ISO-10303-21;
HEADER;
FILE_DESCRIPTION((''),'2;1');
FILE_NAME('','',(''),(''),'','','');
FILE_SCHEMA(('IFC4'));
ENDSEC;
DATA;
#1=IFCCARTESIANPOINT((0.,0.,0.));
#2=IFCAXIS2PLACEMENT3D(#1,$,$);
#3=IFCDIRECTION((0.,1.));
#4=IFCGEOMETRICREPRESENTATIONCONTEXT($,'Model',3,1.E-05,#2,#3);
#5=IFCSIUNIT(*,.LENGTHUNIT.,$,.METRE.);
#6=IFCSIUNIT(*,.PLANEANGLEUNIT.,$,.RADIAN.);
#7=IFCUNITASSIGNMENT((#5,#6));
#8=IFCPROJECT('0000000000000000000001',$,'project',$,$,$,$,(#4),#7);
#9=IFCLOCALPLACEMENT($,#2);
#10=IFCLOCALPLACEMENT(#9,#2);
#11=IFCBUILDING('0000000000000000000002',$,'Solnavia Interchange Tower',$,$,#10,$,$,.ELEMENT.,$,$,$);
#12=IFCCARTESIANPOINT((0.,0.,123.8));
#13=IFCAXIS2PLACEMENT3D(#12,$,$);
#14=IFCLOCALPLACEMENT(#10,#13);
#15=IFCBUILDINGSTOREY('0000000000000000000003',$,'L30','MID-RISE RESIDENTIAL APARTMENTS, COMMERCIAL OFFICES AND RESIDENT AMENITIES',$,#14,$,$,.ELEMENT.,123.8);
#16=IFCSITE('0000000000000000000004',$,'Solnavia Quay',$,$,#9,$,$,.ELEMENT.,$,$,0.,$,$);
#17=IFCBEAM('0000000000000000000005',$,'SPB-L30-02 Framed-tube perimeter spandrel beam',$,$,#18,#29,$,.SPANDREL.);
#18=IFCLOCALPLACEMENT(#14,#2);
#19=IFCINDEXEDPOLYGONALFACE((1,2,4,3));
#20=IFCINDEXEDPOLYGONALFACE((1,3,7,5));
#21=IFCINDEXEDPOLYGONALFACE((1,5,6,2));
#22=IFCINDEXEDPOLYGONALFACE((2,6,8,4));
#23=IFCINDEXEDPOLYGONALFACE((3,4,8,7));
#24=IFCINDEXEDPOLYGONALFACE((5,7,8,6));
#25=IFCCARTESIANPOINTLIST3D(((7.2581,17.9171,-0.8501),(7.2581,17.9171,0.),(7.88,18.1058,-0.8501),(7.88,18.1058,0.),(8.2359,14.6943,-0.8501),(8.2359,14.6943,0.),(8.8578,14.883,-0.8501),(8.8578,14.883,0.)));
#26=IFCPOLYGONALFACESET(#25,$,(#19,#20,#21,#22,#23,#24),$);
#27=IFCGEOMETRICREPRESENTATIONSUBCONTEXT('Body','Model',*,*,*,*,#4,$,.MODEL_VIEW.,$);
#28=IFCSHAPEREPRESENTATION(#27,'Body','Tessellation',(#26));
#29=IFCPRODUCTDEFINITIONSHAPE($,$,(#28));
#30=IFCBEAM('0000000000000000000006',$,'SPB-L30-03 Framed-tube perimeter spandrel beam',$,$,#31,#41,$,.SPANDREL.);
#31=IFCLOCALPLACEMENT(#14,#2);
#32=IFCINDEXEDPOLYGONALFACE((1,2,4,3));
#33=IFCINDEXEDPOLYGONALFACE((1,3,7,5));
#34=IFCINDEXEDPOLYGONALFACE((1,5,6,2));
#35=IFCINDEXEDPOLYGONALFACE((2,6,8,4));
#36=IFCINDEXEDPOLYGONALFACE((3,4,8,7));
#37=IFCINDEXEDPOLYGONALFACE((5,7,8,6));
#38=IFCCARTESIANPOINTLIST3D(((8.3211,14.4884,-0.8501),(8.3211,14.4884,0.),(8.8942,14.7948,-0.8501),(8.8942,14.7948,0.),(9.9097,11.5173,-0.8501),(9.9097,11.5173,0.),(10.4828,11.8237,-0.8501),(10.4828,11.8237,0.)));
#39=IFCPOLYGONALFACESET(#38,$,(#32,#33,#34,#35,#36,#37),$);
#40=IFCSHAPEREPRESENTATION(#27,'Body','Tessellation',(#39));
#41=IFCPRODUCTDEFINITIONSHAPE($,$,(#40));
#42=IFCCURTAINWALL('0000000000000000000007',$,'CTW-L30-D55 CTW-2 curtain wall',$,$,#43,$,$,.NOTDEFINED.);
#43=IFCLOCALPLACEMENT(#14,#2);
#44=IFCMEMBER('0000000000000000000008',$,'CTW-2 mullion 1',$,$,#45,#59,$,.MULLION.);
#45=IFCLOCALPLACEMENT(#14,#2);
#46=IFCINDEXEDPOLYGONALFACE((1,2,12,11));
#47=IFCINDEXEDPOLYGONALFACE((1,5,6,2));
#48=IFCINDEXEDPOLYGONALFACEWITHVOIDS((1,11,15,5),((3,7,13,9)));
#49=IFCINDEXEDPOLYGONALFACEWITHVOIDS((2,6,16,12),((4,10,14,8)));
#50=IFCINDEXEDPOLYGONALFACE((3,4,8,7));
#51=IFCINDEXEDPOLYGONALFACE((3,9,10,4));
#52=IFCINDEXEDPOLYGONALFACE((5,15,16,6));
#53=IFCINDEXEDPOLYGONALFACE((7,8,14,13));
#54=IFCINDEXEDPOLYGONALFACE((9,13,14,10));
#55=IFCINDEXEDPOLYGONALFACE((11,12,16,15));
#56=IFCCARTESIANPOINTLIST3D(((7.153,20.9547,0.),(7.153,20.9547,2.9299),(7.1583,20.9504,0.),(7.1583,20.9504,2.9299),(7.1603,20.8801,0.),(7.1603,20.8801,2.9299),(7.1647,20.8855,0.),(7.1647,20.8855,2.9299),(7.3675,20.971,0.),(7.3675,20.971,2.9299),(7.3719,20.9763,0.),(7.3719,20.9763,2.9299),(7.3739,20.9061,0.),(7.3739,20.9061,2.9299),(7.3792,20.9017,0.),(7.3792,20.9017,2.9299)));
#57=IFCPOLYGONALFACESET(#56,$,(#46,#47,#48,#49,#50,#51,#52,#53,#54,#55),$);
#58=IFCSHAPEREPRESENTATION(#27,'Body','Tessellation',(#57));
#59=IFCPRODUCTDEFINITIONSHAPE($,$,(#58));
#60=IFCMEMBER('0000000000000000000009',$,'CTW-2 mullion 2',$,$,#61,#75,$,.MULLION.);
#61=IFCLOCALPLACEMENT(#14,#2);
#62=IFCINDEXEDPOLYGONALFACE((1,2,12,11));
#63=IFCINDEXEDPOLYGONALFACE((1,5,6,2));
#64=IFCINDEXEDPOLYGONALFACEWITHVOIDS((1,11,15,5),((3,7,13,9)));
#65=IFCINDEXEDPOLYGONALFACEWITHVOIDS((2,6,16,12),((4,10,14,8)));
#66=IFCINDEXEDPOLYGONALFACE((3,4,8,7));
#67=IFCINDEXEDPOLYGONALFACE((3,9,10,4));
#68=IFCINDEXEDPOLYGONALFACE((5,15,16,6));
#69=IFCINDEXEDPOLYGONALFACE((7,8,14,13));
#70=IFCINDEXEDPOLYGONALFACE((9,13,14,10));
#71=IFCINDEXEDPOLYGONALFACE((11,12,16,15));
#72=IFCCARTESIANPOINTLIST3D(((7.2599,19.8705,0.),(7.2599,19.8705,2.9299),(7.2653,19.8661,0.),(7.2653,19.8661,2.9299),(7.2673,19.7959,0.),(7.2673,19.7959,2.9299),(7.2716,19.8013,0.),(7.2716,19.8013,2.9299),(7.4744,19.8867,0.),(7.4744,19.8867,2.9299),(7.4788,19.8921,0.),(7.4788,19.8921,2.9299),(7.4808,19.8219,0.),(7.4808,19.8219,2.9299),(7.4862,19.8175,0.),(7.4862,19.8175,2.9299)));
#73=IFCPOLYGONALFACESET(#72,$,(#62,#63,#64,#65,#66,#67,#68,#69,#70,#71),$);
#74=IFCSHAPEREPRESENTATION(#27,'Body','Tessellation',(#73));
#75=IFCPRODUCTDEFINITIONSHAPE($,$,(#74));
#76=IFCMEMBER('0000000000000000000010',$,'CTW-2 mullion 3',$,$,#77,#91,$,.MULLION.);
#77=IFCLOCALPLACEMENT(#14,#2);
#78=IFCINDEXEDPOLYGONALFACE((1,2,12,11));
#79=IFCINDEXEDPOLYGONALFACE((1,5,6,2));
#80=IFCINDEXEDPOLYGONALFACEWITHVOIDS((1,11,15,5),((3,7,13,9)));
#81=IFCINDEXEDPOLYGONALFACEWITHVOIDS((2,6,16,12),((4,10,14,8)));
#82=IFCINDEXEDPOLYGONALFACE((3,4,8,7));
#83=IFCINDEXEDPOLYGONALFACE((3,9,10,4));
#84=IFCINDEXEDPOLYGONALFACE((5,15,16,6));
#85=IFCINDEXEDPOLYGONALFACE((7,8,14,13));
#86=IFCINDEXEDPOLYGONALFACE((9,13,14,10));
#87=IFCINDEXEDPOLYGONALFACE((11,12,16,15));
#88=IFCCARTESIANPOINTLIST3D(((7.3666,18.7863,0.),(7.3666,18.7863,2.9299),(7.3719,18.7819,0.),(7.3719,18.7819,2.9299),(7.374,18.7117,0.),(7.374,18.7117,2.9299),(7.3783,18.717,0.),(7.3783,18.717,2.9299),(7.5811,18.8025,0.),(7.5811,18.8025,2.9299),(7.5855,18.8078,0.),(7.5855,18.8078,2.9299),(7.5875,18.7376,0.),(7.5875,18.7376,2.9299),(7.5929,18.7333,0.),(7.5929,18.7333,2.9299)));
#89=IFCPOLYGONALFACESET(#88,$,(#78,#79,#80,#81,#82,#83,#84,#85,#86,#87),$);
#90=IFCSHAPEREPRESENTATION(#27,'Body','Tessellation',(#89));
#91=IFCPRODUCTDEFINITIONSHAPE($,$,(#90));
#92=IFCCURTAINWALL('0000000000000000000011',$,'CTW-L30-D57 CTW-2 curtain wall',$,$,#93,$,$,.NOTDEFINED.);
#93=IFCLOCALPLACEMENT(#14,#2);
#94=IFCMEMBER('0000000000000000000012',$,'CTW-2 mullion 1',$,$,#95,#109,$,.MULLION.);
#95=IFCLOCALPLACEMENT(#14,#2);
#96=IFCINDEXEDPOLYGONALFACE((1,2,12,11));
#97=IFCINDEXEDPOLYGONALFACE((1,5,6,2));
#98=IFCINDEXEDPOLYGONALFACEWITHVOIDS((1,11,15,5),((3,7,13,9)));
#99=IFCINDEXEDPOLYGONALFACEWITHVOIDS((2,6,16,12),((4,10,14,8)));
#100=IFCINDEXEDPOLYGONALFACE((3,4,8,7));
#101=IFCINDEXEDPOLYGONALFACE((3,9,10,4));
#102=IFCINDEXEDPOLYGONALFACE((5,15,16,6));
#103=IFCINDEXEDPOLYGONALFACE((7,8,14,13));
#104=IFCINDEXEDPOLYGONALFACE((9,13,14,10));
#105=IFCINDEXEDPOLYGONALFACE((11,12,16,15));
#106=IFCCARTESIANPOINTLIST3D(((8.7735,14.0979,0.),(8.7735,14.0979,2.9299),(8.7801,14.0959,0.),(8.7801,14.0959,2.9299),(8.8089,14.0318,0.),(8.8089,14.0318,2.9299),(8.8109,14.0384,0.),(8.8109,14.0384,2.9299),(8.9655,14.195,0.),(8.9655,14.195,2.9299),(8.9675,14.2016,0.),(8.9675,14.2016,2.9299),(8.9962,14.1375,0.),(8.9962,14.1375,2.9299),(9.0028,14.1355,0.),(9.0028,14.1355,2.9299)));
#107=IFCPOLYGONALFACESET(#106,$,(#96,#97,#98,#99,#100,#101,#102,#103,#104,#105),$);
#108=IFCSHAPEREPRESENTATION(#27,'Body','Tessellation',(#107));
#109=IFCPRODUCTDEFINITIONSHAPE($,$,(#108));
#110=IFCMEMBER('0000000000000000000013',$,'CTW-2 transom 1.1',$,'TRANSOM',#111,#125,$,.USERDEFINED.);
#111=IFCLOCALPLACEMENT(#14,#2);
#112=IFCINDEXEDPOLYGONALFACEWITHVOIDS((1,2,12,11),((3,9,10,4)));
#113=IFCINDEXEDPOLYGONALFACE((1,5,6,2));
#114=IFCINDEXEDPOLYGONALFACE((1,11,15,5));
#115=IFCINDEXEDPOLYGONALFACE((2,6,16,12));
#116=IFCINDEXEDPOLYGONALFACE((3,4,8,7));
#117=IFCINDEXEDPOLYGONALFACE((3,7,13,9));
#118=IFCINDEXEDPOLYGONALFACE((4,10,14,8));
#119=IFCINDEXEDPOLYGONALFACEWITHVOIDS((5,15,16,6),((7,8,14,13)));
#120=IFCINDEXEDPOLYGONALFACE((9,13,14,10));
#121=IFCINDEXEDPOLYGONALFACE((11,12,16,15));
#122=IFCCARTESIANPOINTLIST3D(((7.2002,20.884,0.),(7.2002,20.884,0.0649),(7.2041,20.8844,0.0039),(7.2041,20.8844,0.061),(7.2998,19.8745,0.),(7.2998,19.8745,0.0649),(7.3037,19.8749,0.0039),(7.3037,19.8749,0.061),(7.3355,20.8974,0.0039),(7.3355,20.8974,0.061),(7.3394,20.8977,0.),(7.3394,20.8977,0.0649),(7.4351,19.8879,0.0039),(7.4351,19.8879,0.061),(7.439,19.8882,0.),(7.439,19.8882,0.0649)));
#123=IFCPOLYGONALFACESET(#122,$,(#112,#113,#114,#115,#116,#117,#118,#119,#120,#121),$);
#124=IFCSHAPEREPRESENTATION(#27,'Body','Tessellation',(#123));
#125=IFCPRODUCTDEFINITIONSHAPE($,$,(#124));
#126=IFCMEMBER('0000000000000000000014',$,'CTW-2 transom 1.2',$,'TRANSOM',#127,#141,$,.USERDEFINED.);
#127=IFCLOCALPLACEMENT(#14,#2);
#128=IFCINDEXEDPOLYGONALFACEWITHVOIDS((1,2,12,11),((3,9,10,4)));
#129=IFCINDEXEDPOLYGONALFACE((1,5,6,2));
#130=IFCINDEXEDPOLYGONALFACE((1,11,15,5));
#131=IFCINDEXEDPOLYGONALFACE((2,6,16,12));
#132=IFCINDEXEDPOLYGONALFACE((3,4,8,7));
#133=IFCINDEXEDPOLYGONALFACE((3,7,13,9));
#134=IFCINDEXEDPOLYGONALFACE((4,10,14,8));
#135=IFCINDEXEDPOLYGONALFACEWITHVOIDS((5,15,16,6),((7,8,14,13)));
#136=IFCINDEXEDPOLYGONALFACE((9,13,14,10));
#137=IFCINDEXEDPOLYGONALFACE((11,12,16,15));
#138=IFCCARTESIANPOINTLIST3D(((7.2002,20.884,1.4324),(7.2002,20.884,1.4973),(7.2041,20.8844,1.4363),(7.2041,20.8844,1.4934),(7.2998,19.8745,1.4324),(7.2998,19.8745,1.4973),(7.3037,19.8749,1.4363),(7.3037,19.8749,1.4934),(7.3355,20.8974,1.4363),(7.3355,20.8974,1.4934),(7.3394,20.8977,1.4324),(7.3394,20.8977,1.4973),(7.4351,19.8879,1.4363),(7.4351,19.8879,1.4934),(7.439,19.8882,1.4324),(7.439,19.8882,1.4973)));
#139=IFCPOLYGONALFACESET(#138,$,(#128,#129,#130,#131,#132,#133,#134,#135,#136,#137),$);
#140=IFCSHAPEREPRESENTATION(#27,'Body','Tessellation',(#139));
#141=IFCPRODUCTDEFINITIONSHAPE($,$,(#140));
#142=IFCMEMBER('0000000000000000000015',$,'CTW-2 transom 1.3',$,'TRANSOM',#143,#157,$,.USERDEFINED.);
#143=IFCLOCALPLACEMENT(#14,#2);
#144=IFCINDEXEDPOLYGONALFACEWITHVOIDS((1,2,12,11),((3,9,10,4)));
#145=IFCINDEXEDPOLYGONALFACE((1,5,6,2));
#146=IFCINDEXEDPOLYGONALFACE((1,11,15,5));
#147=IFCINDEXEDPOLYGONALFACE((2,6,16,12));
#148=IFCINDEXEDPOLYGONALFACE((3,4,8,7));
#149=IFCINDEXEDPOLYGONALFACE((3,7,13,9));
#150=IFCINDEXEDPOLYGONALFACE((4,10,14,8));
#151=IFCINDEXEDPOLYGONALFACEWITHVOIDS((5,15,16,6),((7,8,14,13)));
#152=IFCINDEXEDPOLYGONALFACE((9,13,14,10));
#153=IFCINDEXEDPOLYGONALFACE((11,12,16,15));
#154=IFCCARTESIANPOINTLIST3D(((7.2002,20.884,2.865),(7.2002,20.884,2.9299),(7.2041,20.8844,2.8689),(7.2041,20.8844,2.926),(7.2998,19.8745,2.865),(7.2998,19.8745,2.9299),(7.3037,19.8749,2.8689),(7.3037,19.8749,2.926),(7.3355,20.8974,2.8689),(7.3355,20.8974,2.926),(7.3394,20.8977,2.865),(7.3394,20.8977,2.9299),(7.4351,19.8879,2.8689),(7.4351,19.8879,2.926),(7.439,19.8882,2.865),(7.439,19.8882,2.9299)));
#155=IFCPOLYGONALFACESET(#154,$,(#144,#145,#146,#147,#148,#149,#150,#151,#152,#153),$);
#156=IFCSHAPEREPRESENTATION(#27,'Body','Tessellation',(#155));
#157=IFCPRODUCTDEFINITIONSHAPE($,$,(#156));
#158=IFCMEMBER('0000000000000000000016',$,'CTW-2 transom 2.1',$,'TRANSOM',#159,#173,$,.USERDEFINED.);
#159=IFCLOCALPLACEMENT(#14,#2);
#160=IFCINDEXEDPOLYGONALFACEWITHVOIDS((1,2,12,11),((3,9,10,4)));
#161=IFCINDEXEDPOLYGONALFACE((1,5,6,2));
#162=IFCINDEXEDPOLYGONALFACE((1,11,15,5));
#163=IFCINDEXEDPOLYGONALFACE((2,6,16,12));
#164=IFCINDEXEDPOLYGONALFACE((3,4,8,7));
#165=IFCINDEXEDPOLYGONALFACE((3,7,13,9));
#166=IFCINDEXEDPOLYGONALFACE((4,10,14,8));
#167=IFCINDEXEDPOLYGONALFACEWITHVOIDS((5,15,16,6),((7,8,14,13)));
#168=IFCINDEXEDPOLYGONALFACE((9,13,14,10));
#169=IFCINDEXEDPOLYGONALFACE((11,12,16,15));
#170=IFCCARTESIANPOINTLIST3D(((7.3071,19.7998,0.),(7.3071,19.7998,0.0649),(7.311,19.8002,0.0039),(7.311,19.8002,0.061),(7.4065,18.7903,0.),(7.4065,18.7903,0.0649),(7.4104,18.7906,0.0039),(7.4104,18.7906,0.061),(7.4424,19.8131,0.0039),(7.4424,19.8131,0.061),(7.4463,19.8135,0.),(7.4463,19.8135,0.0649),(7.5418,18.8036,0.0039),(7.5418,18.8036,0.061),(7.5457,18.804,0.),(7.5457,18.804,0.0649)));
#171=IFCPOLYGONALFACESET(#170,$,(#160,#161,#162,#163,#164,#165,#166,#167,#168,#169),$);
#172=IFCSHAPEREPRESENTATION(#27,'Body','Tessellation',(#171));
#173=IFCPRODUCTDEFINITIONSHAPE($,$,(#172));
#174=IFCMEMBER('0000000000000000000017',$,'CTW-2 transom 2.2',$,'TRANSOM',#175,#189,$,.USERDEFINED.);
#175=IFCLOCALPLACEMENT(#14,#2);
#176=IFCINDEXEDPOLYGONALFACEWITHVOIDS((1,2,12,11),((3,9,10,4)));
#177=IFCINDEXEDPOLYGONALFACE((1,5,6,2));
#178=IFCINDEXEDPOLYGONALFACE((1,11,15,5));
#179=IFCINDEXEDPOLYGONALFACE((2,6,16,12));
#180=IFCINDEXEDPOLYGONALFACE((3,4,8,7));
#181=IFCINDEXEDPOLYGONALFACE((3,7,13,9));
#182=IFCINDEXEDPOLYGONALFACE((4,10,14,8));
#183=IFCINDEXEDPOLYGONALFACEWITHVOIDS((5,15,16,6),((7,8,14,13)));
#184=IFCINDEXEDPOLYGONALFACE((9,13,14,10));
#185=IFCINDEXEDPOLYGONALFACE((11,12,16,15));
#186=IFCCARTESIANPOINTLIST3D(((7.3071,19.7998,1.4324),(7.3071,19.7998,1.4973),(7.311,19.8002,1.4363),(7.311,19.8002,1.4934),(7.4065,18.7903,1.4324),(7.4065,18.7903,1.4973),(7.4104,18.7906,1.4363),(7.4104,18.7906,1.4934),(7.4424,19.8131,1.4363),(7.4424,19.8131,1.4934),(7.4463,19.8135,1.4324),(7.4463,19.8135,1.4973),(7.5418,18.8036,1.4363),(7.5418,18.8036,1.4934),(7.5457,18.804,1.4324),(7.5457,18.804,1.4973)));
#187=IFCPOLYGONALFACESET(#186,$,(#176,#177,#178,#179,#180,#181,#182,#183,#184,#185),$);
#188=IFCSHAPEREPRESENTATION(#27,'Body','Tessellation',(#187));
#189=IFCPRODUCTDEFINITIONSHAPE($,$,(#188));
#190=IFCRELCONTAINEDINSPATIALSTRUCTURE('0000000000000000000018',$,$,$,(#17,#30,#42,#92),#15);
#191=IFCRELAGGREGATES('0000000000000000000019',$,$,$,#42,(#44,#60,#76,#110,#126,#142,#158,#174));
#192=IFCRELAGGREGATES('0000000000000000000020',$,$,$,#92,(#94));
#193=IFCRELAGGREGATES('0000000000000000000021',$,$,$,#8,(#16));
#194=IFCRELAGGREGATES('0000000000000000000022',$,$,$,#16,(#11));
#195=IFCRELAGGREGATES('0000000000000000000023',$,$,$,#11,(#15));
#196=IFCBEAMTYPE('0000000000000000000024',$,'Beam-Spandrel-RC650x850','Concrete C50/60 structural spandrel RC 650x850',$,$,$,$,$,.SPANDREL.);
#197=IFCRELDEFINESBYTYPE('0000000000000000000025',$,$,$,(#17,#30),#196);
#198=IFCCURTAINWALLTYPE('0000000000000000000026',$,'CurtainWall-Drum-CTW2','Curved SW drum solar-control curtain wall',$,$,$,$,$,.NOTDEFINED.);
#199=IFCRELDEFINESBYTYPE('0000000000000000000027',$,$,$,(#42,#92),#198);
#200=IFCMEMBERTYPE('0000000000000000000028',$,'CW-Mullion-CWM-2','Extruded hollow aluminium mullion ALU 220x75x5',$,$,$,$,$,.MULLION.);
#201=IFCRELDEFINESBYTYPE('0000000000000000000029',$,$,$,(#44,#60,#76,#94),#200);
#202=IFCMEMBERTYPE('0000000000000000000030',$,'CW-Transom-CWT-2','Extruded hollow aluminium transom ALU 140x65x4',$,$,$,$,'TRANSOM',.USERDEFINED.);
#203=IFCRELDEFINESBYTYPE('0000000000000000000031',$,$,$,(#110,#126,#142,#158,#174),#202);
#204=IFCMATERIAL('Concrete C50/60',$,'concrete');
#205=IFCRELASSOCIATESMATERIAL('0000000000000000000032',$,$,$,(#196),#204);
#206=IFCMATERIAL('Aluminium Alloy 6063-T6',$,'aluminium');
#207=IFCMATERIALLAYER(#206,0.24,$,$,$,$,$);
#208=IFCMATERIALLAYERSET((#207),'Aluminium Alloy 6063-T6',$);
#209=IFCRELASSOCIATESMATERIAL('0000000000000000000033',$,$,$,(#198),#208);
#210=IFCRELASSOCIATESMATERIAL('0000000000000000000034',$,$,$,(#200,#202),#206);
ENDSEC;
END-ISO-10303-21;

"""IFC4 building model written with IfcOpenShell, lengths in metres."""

from ifc_helpers import new_model, si_unit, direction, frame, origin, origin_2d, place, context, subcontext, project, spatial, rectangle, hollow_rectangle, extrude, material, layer, layer_set, material_profile, profile_set, type_object, element, aggregate, save


model = new_model("IFC4")

# Units and contexts
model_context = context("Model", 3, precision=1e-05, world=origin(), true_north=direction((0.0, 1.0)))
body_context = subcontext(model_context, "Body", "Model", "MODEL_VIEW")
ifc_project = project(units=[si_unit("LENGTHUNIT", "METRE"), si_unit("PLANEANGLEUNIT", "RADIAN")], contexts=[model_context])

# Site, building, storey
site_placement = place(None, origin())
site = spatial("IfcSite", under=ifc_project, at=site_placement, Name="Solnavia Quay", CompositionType="ELEMENT", RefElevation=0.0)
building_placement = place(site_placement, origin())
building = spatial("IfcBuilding", under=site, at=building_placement, Name="Solnavia Interchange Tower", CompositionType="ELEMENT")
storey_placement = place(building_placement, frame((0.0, 0.0, 123.8)))
storey = spatial("IfcBuildingStorey", under=building, at=storey_placement, Name="L30", Description="MID-RISE RESIDENTIAL APARTMENTS, COMMERCIAL OFFICES AND RESIDENT AMENITIES", CompositionType="ELEMENT", Elevation=123.8)

# Beams
ifc_material_1 = material(Name="Concrete C50/60", Category="concrete")
ifc_material_profile_1 = material_profile(ifc_material_1, rectangle(XDim=0.6499, YDim=0.8501, at=origin_2d()), Name="RC 650x850")
ifc_profile_set_1 = profile_set([ifc_material_profile_1], Name="Concrete C50/60")
beam_type_1 = type_object("IfcBeamType", Name="Beam-Spandrel-RC650x850", Description="Concrete C50/60 structural spandrel RC 650x850", PredefinedType="SPANDREL", material=ifc_profile_set_1)
beam_1_placement = place(storey_placement, frame((7.5691, 18.0115, -0.425), z_axis=(0.290319, -0.95693, 0.0), x_axis=(0.95693, 0.290319, 0.0)))
element("IfcBeam", 1, at=beam_1_placement, inside=storey, type_object=beam_type_1, Name="SPB-L30-02 Framed-tube perimeter spandrel beam", PredefinedType="SPANDREL", context=body_context, shape_type="SweptSolid", body=[
    extrude(rectangle(XDim=0.6499, YDim=0.8501, at=origin_2d()), origin(), (0.0, 0.0, 1.0), 3.3679),
])
beam_2_placement = place(storey_placement, frame((8.6077, 14.6416, -0.425), z_axis=(0.471509, -0.881861, 0.0), x_axis=(0.881861, 0.471509, 0.0)))
element("IfcBeam", 2, at=beam_2_placement, inside=storey, type_object=beam_type_1, Name="SPB-L30-03 Framed-tube perimeter spandrel beam", PredefinedType="SPANDREL", context=body_context, shape_type="SweptSolid", body=[
    extrude(rectangle(XDim=0.6499, YDim=0.8501, at=origin_2d()), origin(), (0.0, 0.0, 1.0), 3.3691),
])

# Curtain wall, members
ifc_material_2 = material(Name="Aluminium Alloy 6063-T6", Category="aluminium")
ifc_layer_1 = layer(ifc_material_2, 0.24)
ifc_layer_set_1 = layer_set([ifc_layer_1], Name="Aluminium Alloy 6063-T6")
curtain_wall_type = type_object("IfcCurtainWallType", Name="CurtainWall-Drum-CTW2", Description="Curved SW drum solar-control curtain wall", PredefinedType="NOTDEFINED", material=ifc_layer_set_1)
curtain_wall_1_placement = place(storey_placement, origin())
curtain_wall_1 = element("IfcCurtainWall", 3, at=curtain_wall_1_placement, inside=storey, type_object=curtain_wall_type, Name="CTW-L30-D55 CTW-2 curtain wall", PredefinedType="NOTDEFINED")
ifc_material_profile_2 = material_profile(ifc_material_2, hollow_rectangle(XDim=0.075, YDim=0.22, WallThickness=0.0049, at=origin_2d()), Name="ALU 220x75x5")
ifc_profile_set_2 = profile_set([ifc_material_profile_2], Name="Aluminium Alloy 6063-T6")
member_type_1 = type_object("IfcMemberType", Name="CW-Mullion-CWM-2", Description="Extruded hollow aluminium mullion ALU 220x75x5", PredefinedType="MULLION", material=ifc_profile_set_2)
member_1_placement = place(storey_placement, frame((7.2661, 20.9282, 0.0), z_axis=(0.0, 0.0, 1.0), x_axis=(0.098045, -0.995182, 0.0)))
member_1 = element("IfcMember", 4, at=member_1_placement, type_object=member_type_1, Name="CTW-2 mullion 1", PredefinedType="MULLION", context=body_context, shape_type="SweptSolid", body=[
    extrude(hollow_rectangle(XDim=0.075, YDim=0.22, WallThickness=0.0049, at=origin_2d()), origin(), (0.0, 0.0, 1.0), 2.9299),
])
member_2_placement = place(storey_placement, frame((7.373, 19.844, 0.0), z_axis=(0.0, 0.0, 1.0), x_axis=(0.098045, -0.995182, 0.0)))
member_2 = element("IfcMember", 5, at=member_2_placement, type_object=member_type_1, Name="CTW-2 mullion 2", PredefinedType="MULLION", context=body_context, shape_type="SweptSolid", body=[
    extrude(hollow_rectangle(XDim=0.075, YDim=0.22, WallThickness=0.0049, at=origin_2d()), origin(), (0.0, 0.0, 1.0), 2.9299),
])
member_3_placement = place(storey_placement, frame((7.4797, 18.7598, 0.0), z_axis=(0.0, 0.0, 1.0), x_axis=(0.098045, -0.995182, 0.0)))
member_3 = element("IfcMember", 6, at=member_3_placement, type_object=member_type_1, Name="CTW-2 mullion 3", PredefinedType="MULLION", context=body_context, shape_type="SweptSolid", body=[
    extrude(hollow_rectangle(XDim=0.075, YDim=0.22, WallThickness=0.0049, at=origin_2d()), origin(), (0.0, 0.0, 1.0), 2.9299),
])

# Curtain wall, member
curtain_wall_2_placement = place(storey_placement, origin())
curtain_wall_2 = element("IfcCurtainWall", 7, at=curtain_wall_2_placement, inside=storey, type_object=curtain_wall_type, Name="CTW-L30-D57 CTW-2 curtain wall", PredefinedType="NOTDEFINED")
member_4_placement = place(storey_placement, frame((8.8882, 14.1167, 0.0), z_axis=(0.0, 0.0, 1.0), x_axis=(0.471537, -0.881846, 0.0)))
member_4 = element("IfcMember", 8, at=member_4_placement, type_object=member_type_1, Name="CTW-2 mullion 1", PredefinedType="MULLION", context=body_context, shape_type="SweptSolid", body=[
    extrude(hollow_rectangle(XDim=0.075, YDim=0.22, WallThickness=0.0049, at=origin_2d()), origin(), (0.0, 0.0, 1.0), 2.9299),
])

# Members
ifc_material_profile_3 = material_profile(ifc_material_2, hollow_rectangle(XDim=0.0649, YDim=0.1399, WallThickness=0.0039, at=origin_2d()), Name="ALU 140x65x4")
ifc_profile_set_3 = profile_set([ifc_material_profile_3], Name="Aluminium Alloy 6063-T6")
member_type_2 = type_object("IfcMemberType", Name="CW-Transom-CWT-2", Description="Extruded hollow aluminium transom ALU 140x65x4", ElementType="TRANSOM", PredefinedType="USERDEFINED", material=ifc_profile_set_3)
member_5_placement = place(storey_placement, frame((7.2698, 20.8909, 0.0325), z_axis=(0.098193, -0.995167, 0.0), x_axis=(0.0, 0.0, 1.0)))
member_5 = element("IfcMember", 9, at=member_5_placement, type_object=member_type_2, Name="CTW-2 transom 1.1", ObjectType="TRANSOM", PredefinedType="USERDEFINED", context=body_context, shape_type="SweptSolid", body=[
    extrude(hollow_rectangle(XDim=0.0649, YDim=0.1399, WallThickness=0.0039, at=origin_2d()), origin(), (0.0, 0.0, 1.0), 1.0144),
])
member_6_placement = place(storey_placement, frame((7.2698, 20.8909, 1.4648), z_axis=(0.098193, -0.995167, 0.0), x_axis=(0.0, 0.0, 1.0)))
member_6 = element("IfcMember", 10, at=member_6_placement, type_object=member_type_2, Name="CTW-2 transom 1.2", ObjectType="TRANSOM", PredefinedType="USERDEFINED", context=body_context, shape_type="SweptSolid", body=[
    extrude(hollow_rectangle(XDim=0.0649, YDim=0.1399, WallThickness=0.0039, at=origin_2d()), origin(), (0.0, 0.0, 1.0), 1.0144),
])
member_7_placement = place(storey_placement, frame((7.2698, 20.8909, 2.8975), z_axis=(0.098193, -0.995167, 0.0), x_axis=(0.0, 0.0, 1.0)))
member_7 = element("IfcMember", 11, at=member_7_placement, type_object=member_type_2, Name="CTW-2 transom 1.3", ObjectType="TRANSOM", PredefinedType="USERDEFINED", context=body_context, shape_type="SweptSolid", body=[
    extrude(hollow_rectangle(XDim=0.0649, YDim=0.1399, WallThickness=0.0039, at=origin_2d()), origin(), (0.0, 0.0, 1.0), 1.0144),
])
member_8_placement = place(storey_placement, frame((7.3767, 19.8066, 0.0325), z_axis=(0.097955, -0.995191, 0.0), x_axis=(0.0, 0.0, 1.0)))
member_8 = element("IfcMember", 12, at=member_8_placement, type_object=member_type_2, Name="CTW-2 transom 2.1", ObjectType="TRANSOM", PredefinedType="USERDEFINED", context=body_context, shape_type="SweptSolid", body=[
    extrude(hollow_rectangle(XDim=0.0649, YDim=0.1399, WallThickness=0.0039, at=origin_2d()), origin(), (0.0, 0.0, 1.0), 1.0144),
])
member_9_placement = place(storey_placement, frame((7.3767, 19.8066, 1.4648), z_axis=(0.097955, -0.995191, 0.0), x_axis=(0.0, 0.0, 1.0)))
member_9 = element("IfcMember", 13, at=member_9_placement, type_object=member_type_2, Name="CTW-2 transom 2.2", ObjectType="TRANSOM", PredefinedType="USERDEFINED", context=body_context, shape_type="SweptSolid", body=[
    extrude(hollow_rectangle(XDim=0.0649, YDim=0.1399, WallThickness=0.0039, at=origin_2d()), origin(), (0.0, 0.0, 1.0), 1.0144),
])

aggregate(curtain_wall_1, [member_1, member_2, member_3, member_5, member_6, member_7, member_8, member_9])
aggregate(curtain_wall_2, [member_4])

save(model, "model.ifc")
